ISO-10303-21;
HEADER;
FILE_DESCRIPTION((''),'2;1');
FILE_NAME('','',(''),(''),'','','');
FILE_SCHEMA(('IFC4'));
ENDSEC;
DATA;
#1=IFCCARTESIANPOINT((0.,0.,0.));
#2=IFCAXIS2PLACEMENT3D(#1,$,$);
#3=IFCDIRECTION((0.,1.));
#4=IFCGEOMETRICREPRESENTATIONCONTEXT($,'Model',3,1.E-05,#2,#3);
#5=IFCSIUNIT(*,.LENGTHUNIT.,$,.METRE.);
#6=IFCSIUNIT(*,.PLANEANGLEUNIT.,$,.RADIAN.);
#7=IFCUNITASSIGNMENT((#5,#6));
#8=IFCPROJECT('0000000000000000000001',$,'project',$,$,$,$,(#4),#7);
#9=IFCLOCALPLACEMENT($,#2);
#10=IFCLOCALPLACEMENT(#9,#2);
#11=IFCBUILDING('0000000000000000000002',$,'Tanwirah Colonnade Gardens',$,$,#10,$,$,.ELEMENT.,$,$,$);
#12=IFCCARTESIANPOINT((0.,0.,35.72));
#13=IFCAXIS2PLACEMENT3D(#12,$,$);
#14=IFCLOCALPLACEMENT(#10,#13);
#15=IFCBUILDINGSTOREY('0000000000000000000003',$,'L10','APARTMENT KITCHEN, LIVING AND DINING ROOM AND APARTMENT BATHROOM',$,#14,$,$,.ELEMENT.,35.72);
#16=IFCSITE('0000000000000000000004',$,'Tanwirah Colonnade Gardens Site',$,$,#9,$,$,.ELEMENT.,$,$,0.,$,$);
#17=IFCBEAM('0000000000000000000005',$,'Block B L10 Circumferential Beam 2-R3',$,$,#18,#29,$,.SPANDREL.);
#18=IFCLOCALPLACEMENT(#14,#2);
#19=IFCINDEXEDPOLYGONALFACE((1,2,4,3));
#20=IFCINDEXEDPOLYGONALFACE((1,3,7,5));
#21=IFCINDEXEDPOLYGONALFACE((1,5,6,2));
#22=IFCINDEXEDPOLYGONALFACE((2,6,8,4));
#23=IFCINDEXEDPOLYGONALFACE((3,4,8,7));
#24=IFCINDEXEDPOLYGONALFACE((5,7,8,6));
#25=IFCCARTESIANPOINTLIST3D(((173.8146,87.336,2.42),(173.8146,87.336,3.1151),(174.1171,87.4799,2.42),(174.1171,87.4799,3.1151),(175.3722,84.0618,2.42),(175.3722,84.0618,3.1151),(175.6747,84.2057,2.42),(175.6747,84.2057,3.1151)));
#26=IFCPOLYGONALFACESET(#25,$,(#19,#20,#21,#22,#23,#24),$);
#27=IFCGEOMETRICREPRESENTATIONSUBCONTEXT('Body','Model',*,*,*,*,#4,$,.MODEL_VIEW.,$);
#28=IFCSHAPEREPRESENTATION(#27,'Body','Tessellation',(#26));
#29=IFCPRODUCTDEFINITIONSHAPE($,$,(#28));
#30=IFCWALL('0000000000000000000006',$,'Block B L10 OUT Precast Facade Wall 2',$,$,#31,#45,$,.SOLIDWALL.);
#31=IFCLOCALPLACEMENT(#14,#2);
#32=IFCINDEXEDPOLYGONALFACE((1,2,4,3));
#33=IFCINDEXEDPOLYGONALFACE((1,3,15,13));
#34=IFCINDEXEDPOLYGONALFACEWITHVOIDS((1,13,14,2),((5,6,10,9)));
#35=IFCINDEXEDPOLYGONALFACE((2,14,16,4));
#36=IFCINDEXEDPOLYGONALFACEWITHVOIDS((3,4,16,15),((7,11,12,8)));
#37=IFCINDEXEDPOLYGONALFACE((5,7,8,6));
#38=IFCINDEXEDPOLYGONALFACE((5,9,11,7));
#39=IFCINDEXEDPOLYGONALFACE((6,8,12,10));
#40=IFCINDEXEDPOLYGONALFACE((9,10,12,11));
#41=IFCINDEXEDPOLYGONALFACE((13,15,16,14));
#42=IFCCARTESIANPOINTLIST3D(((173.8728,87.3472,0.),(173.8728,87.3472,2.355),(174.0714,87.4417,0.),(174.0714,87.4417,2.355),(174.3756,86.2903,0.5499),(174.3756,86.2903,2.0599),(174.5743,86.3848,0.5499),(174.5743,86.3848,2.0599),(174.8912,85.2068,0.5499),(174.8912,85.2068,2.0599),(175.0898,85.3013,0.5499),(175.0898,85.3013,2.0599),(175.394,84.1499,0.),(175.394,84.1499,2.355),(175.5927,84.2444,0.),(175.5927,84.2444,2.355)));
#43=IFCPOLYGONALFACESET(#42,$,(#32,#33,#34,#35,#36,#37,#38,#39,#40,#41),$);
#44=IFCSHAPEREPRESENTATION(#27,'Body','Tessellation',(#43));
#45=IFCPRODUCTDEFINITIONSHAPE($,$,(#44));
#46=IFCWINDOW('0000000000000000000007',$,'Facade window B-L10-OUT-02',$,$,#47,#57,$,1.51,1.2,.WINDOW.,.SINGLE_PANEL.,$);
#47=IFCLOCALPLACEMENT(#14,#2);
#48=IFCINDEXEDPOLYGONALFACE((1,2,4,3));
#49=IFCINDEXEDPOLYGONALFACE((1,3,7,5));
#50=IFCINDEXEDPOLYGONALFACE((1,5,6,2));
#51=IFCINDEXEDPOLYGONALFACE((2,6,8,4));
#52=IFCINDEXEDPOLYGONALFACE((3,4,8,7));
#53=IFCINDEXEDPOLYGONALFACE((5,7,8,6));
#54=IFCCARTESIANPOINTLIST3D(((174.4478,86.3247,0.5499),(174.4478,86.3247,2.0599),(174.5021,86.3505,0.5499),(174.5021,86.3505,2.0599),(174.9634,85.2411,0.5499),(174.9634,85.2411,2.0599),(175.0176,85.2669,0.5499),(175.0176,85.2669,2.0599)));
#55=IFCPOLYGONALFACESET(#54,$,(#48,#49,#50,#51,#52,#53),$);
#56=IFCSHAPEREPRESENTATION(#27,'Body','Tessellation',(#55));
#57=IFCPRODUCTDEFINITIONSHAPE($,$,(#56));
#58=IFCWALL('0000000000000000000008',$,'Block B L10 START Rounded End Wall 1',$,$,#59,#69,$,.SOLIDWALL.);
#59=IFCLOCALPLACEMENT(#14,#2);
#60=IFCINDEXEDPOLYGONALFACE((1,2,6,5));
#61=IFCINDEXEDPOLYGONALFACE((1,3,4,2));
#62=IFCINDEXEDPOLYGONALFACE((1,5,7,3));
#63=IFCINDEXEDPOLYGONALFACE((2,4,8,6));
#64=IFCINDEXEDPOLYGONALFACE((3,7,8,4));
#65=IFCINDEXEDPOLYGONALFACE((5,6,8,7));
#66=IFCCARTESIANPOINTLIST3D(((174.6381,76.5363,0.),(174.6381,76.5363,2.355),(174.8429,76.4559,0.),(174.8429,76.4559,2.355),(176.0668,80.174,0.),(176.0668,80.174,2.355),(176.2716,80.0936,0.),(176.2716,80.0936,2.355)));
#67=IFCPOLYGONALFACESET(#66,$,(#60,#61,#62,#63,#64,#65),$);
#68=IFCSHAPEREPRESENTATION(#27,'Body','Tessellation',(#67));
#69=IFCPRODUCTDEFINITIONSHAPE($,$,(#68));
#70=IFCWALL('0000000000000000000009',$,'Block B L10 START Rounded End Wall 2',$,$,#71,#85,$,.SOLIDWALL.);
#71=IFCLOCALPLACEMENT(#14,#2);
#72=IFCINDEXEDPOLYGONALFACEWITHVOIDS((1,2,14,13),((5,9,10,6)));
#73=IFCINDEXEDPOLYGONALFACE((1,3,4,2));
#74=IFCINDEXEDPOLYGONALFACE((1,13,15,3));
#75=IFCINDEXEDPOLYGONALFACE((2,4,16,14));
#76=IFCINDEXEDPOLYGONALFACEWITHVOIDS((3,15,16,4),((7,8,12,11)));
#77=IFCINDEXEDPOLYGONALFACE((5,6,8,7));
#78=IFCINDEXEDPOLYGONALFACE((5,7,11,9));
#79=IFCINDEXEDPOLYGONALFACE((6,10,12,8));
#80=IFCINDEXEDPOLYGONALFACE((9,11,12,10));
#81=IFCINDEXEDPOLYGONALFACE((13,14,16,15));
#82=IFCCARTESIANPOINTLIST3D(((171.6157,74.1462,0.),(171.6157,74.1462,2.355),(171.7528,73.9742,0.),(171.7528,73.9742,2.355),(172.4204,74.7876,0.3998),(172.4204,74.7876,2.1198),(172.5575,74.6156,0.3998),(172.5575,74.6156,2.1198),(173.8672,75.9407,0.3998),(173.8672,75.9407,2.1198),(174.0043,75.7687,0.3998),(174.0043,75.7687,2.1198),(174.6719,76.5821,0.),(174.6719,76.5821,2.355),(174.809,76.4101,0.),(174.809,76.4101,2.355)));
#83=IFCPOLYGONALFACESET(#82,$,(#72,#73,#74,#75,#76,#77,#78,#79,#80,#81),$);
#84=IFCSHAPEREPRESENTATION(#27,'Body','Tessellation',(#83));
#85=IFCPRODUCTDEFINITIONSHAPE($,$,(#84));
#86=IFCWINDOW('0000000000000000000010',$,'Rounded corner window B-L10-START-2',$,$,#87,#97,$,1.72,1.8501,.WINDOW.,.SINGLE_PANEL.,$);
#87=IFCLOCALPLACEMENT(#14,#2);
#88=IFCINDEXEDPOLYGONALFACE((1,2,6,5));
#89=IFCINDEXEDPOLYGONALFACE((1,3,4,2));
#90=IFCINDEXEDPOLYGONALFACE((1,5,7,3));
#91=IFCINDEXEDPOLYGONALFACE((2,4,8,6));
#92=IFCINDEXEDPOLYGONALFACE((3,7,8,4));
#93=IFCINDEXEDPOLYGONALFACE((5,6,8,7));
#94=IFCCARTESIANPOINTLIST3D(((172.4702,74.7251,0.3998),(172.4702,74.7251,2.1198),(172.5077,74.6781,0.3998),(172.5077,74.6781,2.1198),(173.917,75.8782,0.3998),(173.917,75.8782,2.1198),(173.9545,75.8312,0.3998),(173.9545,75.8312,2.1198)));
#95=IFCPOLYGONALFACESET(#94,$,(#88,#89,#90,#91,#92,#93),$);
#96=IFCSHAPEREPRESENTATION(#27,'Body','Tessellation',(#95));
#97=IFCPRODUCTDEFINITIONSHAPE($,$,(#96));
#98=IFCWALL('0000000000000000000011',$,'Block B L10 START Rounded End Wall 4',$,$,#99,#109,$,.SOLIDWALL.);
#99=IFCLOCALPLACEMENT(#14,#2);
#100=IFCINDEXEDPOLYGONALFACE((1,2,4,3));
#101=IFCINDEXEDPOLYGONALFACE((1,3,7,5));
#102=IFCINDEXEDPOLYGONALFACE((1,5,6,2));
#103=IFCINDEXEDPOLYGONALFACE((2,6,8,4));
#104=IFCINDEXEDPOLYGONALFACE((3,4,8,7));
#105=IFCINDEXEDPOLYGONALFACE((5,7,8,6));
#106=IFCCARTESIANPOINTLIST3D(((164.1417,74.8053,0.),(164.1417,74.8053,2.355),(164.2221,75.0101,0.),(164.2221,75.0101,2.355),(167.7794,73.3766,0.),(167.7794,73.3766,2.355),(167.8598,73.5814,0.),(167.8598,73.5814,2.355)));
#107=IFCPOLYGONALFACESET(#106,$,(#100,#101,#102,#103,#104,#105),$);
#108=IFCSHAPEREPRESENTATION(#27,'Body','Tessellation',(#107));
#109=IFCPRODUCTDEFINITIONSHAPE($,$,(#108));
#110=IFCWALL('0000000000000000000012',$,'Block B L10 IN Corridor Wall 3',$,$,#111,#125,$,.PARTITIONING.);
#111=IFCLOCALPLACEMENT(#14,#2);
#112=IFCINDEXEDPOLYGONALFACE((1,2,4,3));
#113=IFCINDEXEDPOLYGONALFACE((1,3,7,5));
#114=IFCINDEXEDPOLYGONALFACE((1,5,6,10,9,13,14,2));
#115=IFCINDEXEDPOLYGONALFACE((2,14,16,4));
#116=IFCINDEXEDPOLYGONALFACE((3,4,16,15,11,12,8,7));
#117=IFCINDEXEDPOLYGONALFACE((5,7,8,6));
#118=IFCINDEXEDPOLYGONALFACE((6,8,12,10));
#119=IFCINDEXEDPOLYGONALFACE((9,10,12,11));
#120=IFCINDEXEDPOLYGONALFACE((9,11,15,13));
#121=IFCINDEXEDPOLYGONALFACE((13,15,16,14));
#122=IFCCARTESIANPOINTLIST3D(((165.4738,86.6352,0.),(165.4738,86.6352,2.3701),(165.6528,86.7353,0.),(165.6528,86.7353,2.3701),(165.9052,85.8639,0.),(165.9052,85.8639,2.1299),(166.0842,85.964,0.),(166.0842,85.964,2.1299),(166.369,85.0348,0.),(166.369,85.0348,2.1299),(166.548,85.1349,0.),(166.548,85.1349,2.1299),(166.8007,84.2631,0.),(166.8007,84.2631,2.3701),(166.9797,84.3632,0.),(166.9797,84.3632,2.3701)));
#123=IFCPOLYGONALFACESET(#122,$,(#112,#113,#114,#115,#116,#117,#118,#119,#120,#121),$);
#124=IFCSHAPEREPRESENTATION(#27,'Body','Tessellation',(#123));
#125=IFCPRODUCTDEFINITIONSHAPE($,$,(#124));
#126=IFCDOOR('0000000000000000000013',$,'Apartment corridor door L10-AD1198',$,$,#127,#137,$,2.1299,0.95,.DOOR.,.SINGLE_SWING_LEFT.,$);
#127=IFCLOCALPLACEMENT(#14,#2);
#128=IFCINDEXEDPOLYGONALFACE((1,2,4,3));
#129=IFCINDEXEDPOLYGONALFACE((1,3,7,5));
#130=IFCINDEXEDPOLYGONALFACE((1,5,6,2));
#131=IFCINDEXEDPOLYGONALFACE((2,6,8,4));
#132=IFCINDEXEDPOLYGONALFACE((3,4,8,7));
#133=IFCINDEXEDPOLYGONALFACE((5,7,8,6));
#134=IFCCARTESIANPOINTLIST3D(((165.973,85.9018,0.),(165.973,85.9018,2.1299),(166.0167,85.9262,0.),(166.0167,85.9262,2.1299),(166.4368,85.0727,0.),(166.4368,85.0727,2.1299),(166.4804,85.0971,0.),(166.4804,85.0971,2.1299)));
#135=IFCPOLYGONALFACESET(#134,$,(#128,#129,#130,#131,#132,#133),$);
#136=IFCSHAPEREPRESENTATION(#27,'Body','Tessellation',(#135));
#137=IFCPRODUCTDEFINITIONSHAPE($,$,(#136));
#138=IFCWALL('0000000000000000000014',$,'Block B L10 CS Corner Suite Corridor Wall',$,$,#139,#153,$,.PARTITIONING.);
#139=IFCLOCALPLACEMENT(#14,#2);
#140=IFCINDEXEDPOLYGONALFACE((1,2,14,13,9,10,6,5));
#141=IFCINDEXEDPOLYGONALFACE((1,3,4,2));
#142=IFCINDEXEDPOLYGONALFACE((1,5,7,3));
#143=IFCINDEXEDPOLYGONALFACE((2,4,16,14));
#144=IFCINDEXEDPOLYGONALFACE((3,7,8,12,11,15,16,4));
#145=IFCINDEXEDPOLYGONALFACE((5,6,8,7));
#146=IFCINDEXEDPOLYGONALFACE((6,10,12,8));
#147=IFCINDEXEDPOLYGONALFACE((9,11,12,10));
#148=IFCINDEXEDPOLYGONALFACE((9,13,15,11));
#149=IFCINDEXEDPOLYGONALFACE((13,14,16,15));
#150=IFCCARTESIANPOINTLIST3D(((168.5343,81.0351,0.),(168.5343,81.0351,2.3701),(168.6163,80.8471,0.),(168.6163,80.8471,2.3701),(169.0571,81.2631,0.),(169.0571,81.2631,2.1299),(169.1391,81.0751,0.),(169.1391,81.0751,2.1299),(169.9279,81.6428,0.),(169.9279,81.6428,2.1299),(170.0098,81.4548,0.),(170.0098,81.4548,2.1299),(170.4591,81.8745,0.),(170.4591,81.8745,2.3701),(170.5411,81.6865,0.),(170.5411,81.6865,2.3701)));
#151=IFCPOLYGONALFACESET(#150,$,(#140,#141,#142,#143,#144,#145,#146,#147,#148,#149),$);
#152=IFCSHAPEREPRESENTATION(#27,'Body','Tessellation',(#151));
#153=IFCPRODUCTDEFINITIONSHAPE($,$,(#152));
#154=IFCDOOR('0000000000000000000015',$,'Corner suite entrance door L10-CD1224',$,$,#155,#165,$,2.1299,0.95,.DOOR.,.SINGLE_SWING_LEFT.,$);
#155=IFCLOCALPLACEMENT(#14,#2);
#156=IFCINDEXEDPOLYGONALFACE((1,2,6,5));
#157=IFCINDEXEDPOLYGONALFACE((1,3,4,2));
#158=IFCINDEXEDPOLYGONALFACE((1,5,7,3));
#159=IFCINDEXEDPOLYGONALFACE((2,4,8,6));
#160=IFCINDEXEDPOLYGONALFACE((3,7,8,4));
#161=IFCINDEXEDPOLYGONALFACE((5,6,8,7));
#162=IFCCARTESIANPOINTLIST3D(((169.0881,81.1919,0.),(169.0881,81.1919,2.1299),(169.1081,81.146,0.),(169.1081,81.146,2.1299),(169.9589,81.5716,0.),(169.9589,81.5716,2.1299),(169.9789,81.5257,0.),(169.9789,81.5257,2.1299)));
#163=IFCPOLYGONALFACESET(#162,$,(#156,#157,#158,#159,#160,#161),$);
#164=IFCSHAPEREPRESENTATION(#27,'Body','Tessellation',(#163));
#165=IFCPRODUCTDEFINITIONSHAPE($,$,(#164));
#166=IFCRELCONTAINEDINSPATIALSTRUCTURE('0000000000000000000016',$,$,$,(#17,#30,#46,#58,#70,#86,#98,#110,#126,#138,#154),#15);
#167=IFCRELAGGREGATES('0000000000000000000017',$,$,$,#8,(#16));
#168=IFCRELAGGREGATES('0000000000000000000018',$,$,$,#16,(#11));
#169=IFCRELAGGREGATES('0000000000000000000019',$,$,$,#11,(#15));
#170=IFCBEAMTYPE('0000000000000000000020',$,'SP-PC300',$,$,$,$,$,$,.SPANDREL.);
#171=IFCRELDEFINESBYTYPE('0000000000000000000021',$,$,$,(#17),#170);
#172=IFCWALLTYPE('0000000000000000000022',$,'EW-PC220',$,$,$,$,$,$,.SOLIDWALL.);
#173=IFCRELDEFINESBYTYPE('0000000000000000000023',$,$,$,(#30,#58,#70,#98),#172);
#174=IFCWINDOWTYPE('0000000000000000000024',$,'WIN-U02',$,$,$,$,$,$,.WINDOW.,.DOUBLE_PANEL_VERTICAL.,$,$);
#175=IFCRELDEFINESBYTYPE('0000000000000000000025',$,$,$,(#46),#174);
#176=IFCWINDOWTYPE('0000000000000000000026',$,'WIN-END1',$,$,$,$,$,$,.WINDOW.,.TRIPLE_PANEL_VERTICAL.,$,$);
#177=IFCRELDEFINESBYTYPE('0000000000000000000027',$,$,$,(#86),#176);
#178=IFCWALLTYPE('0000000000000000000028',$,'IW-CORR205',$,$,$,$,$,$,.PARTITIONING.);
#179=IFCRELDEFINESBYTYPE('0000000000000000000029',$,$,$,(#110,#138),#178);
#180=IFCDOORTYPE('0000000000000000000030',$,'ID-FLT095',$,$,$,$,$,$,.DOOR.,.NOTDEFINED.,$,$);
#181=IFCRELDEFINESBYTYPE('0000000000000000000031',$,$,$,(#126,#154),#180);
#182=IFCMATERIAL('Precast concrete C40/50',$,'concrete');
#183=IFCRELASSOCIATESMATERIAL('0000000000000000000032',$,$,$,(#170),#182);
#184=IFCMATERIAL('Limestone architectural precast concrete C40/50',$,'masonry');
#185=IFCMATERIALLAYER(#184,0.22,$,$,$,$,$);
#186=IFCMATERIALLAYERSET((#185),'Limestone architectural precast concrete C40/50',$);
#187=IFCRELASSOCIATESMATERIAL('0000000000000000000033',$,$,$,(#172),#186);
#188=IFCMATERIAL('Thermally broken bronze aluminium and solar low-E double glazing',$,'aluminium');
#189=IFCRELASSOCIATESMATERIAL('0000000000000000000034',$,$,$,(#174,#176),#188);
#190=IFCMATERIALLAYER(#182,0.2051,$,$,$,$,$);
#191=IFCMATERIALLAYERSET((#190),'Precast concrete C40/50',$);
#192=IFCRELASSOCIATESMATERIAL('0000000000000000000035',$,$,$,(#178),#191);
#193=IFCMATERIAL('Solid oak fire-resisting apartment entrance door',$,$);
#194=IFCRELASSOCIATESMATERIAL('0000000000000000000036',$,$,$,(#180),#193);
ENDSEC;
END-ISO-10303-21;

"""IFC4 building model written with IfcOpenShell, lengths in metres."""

from ifc_helpers import new_model, si_unit, direction, frame, frame_2d, origin, origin_2d, place, context, subcontext, project, spatial, rectangle, extrude, material, layer, layer_set, material_profile, profile_set, type_object, element, fill, save


model = new_model("IFC4")

# Units and contexts
model_context = context("Model", 3, precision=1e-05, world=origin(), true_north=direction((0.0, 1.0)))
body_context = subcontext(model_context, "Body", "Model", "MODEL_VIEW")
ifc_project = project(units=[si_unit("LENGTHUNIT", "METRE"), si_unit("PLANEANGLEUNIT", "RADIAN")], contexts=[model_context])

# Site, building, storey
site_placement = place(None, origin())
site = spatial("IfcSite", under=ifc_project, at=site_placement, Name="Tanwirah Colonnade Gardens Site", CompositionType="ELEMENT", RefElevation=0.0)
building_placement = place(site_placement, origin())
building = spatial("IfcBuilding", under=site, at=building_placement, Name="Tanwirah Colonnade Gardens", CompositionType="ELEMENT")
storey_placement = place(building_placement, frame((0.0, 0.0, 35.72)))
storey = spatial("IfcBuildingStorey", under=building, at=storey_placement, Name="L10", Description="APARTMENT KITCHEN, LIVING AND DINING ROOM AND APARTMENT BATHROOM", CompositionType="ELEMENT", Elevation=35.72)

# Shared definitions
ifc_material_1 = material(Name="Precast concrete C40/50", Category="concrete")

# Beam
ifc_material_profile_1 = material_profile(ifc_material_1, rectangle(XDim=0.335, YDim=0.6951, at=origin_2d()), Name="PC-SP 335x695")
ifc_profile_set_1 = profile_set([ifc_material_profile_1], Name="Precast concrete C40/50")
beam_type_1 = type_object("IfcBeamType", Name="SP-PC300", PredefinedType="SPANDREL", material=ifc_profile_set_1)
beam_1_placement = place(storey_placement, frame((175.5234, 84.1338, 2.7676), z_axis=(-0.429594, 0.903022, 0.0), x_axis=(-0.903022, -0.429594, 0.0)))
element("IfcBeam", 1, at=beam_1_placement, inside=storey, type_object=beam_type_1, Name="Block B L10 Circumferential Beam 2-R3", PredefinedType="SPANDREL", context=body_context, shape_type="SweptSolid", body=[
    extrude(rectangle(XDim=0.335, YDim=0.6951, at=origin_2d()), origin(), (0.0, 0.0, 1.0), 3.6257),
])

# Wall, opening, window
ifc_material_2 = material(Name="Limestone architectural precast concrete C40/50", Category="masonry")
ifc_layer_1 = layer(ifc_material_2, 0.22)
ifc_layer_set_1 = layer_set([ifc_layer_1], Name="Limestone architectural precast concrete C40/50")
wall_type_1 = type_object("IfcWallType", Name="EW-PC220", PredefinedType="SOLIDWALL", material=ifc_layer_set_1)
wall_1_placement = place(storey_placement, frame((175.4934, 84.197, 0.0), z_axis=(0.0, 0.0, 1.0), x_axis=(-0.429642, 0.902999, 0.0)))
wall_1 = element("IfcWall", 2, at=wall_1_placement, inside=storey, type_object=wall_type_1, Name="Block B L10 OUT Precast Facade Wall 2", PredefinedType="SOLIDWALL", context=body_context, shape_type="SweptSolid", body=[
    extrude(rectangle(XDim=3.5408, YDim=0.22, at=frame_2d((1.7705, 0.0))), origin(), (0.0, 0.0, 1.0), 2.355),
])
opening_1_placement = place(wall_1_placement, frame((1.1704, 0.0, 0.55)))
opening_1 = element("IfcOpeningElement", 3, at=opening_1_placement, cuts=wall_1, PredefinedType="OPENING", context=body_context, shape_type="SweptSolid", body=[
    extrude(rectangle(XDim=1.2, YDim=1.51, at=frame_2d((0.6001, 0.7549))), frame((0.0, 0.1199, 0.0), z_axis=(0.0, -1.0, 0.0), x_axis=(1.0, 0.0, 0.0)), (0.0, 0.0, 1.0), 0.24),
])
ifc_material_3 = material(Name="Thermally broken bronze aluminium and solar low-E double glazing", Category="aluminium")
window_type_1 = type_object("IfcWindowType", Name="WIN-U02", PartitioningType="DOUBLE_PANEL_VERTICAL", PredefinedType="WINDOW", material=ifc_material_3)
window_1_placement = place(opening_1_placement, origin())
window_1 = element("IfcWindow", 4, at=window_1_placement, inside=storey, type_object=window_type_1, Name="Facade window B-L10-OUT-02", OverallHeight=1.51, OverallWidth=1.2, PartitioningType="SINGLE_PANEL", PredefinedType="WINDOW", context=body_context, shape_type="SweptSolid", body=[
    extrude(rectangle(XDim=1.2, YDim=1.51, at=frame_2d((0.6001, 0.7549))), frame((0.0, 0.03, 0.0), z_axis=(0.0, -1.0, 0.0), x_axis=(1.0, 0.0, 0.0)), (0.0, 0.0, 1.0), 0.0601),
])
fill(opening_1, window_1)

# Wall
wall_2_placement = place(storey_placement, frame((176.1692, 80.1338, 0.0), z_axis=(0.0, 0.0, 1.0), x_axis=(-0.365567, -0.930785, 0.0)))
element("IfcWall", 5, at=wall_2_placement, inside=storey, type_object=wall_type_1, Name="Block B L10 START Rounded End Wall 1", PredefinedType="SOLIDWALL", context=body_context, shape_type="SweptSolid", body=[
    extrude(rectangle(XDim=3.9082, YDim=0.22, at=frame_2d((1.9541, 0.0))), origin(), (0.0, 0.0, 1.0), 2.355),
])

# Wall, opening, window
wall_3_placement = place(storey_placement, frame((174.7405, 76.4961, 0.0), z_axis=(0.0, 0.0, 1.0), x_axis=(-0.782007, -0.623269, 0.0)))
wall_3 = element("IfcWall", 6, at=wall_3_placement, inside=storey, type_object=wall_type_1, Name="Block B L10 START Rounded End Wall 2", PredefinedType="SOLIDWALL", context=body_context, shape_type="SweptSolid", body=[
    extrude(rectangle(XDim=3.9082, YDim=0.22, at=frame_2d((1.9541, 0.0))), origin(), (0.0, 0.0, 1.0), 2.355),
])
opening_2_placement = place(wall_3_placement, frame((1.0291, 0.0, 0.3999)))
opening_2 = element("IfcOpeningElement", 7, at=opening_2_placement, cuts=wall_3, PredefinedType="OPENING", context=body_context, shape_type="SweptSolid", body=[
    extrude(rectangle(XDim=1.8501, YDim=1.72, at=frame_2d((0.925, 0.8599))), frame((0.0, 0.1199, 0.0), z_axis=(0.0, -1.0, 0.0), x_axis=(1.0, 0.0, 0.0)), (0.0, 0.0, 1.0), 0.24),
])
window_type_2 = type_object("IfcWindowType", Name="WIN-END1", PartitioningType="TRIPLE_PANEL_VERTICAL", PredefinedType="WINDOW", material=ifc_material_3)
window_2_placement = place(opening_2_placement, origin())
window_2 = element("IfcWindow", 8, at=window_2_placement, inside=storey, type_object=window_type_2, Name="Rounded corner window B-L10-START-2", OverallHeight=1.72, OverallWidth=1.8501, PartitioningType="SINGLE_PANEL", PredefinedType="WINDOW", context=body_context, shape_type="SweptSolid", body=[
    extrude(rectangle(XDim=1.8501, YDim=1.72, at=frame_2d((0.925, 0.8599))), frame((0.0, 0.03, 0.0), z_axis=(0.0, -1.0, 0.0), x_axis=(1.0, 0.0, 0.0)), (0.0, 0.0, 1.0), 0.0601),
])
fill(opening_2, window_2)

# Wall
wall_4_placement = place(storey_placement, frame((167.8196, 73.479, 0.0), z_axis=(0.0, 0.0, 1.0), x_axis=(-0.930785, 0.365567, 0.0)))
element("IfcWall", 9, at=wall_4_placement, inside=storey, type_object=wall_type_1, Name="Block B L10 START Rounded End Wall 4", PredefinedType="SOLIDWALL", context=body_context, shape_type="SweptSolid", body=[
    extrude(rectangle(XDim=3.9082, YDim=0.22, at=frame_2d((1.9541, 0.0))), origin(), (0.0, 0.0, 1.0), 2.355),
])

# Walls, openings, doors
ifc_layer_2 = layer(ifc_material_1, 0.2051)
ifc_layer_set_2 = layer_set([ifc_layer_2], Name="Precast concrete C40/50")
wall_type_2 = type_object("IfcWallType", Name="IW-CORR205", PredefinedType="PARTITIONING", material=ifc_layer_set_2)
ifc_material_4 = material(Name="Solid oak fire-resisting apartment entrance door")
wall_5_placement = place(storey_placement, frame((166.8901, 84.3132, 0.0), z_axis=(0.0, 0.0, 1.0), x_axis=(-0.488196, 0.872734, 0.0)))
wall_5 = element("IfcWall", 10, at=wall_5_placement, inside=storey, type_object=wall_type_2, Name="Block B L10 IN Corridor Wall 3", PredefinedType="PARTITIONING", context=body_context, shape_type="SweptSolid", body=[
    extrude(rectangle(XDim=2.718, YDim=0.2051, at=frame_2d((1.3589, 0.0))), origin(), (0.0, 0.0, 1.0), 2.3701),
])
opening_3_placement = place(wall_5_placement, frame((0.884, 0.0, 0.0)))
opening_3 = element("IfcOpeningElement", 11, at=opening_3_placement, cuts=wall_5, PredefinedType="OPENING", context=body_context, shape_type="SweptSolid", body=[
    extrude(rectangle(XDim=0.95, YDim=2.1299, at=frame_2d((0.4751, 1.0649))), frame((0.0, 0.1125, 0.0), z_axis=(0.0, -1.0, 0.0), x_axis=(1.0, 0.0, 0.0)), (0.0, 0.0, 1.0), 0.2251),
])
door_type_1 = type_object("IfcDoorType", Name="ID-FLT095", OperationType="NOTDEFINED", PredefinedType="DOOR", material=ifc_material_4)
door_1_placement = place(opening_3_placement, origin())
door_1 = element("IfcDoor", 12, at=door_1_placement, inside=storey, type_object=door_type_1, Name="Apartment corridor door L10-AD1198", OperationType="SINGLE_SWING_LEFT", OverallHeight=2.1299, OverallWidth=0.95, PredefinedType="DOOR", context=body_context, shape_type="SweptSolid", body=[
    extrude(rectangle(XDim=0.95, YDim=2.1299, at=frame_2d((0.4751, 1.0649))), frame((0.0, 0.0249, 0.0), z_axis=(0.0, -1.0, 0.0), x_axis=(1.0, 0.0, 0.0)), (0.0, 0.0, 1.0), 0.05),
])
fill(opening_3, door_1)
wall_6_placement = place(storey_placement, frame((168.5754, 80.9412, 0.0), z_axis=(0.0, 0.0, 1.0), x_axis=(0.916637, 0.399721, 0.0)))
wall_6 = element("IfcWall", 13, at=wall_6_placement, inside=storey, type_object=wall_type_2, Name="Block B L10 CS Corner Suite Corridor Wall", PredefinedType="PARTITIONING", context=body_context, shape_type="SweptSolid", body=[
    extrude(rectangle(XDim=2.0999, YDim=0.2051, at=frame_2d((1.0498, 0.0))), origin(), (0.0, 0.0, 1.0), 2.3701),
])
opening_4_placement = place(wall_6_placement, frame((0.5701, 0.0, 0.0)))
opening_4 = element("IfcOpeningElement", 14, at=opening_4_placement, cuts=wall_6, PredefinedType="OPENING", context=body_context, shape_type="SweptSolid", body=[
    extrude(rectangle(XDim=0.95, YDim=2.1299, at=frame_2d((0.4751, 1.0649))), frame((0.0, 0.1125, 0.0), z_axis=(0.0, -1.0, 0.0), x_axis=(1.0, 0.0, 0.0)), (0.0, 0.0, 1.0), 0.2251),
])
door_2_placement = place(opening_4_placement, origin())
door_2 = element("IfcDoor", 15, at=door_2_placement, inside=storey, type_object=door_type_1, Name="Corner suite entrance door L10-CD1224", OperationType="SINGLE_SWING_LEFT", OverallHeight=2.1299, OverallWidth=0.95, PredefinedType="DOOR", context=body_context, shape_type="SweptSolid", body=[
    extrude(rectangle(XDim=0.95, YDim=2.1299, at=frame_2d((0.4751, 1.0649))), frame((0.0, 0.0249, 0.0), z_axis=(0.0, -1.0, 0.0), x_axis=(1.0, 0.0, 0.0)), (0.0, 0.0, 1.0), 0.05),
])
fill(opening_4, door_2)

save(model, "model.ifc")
